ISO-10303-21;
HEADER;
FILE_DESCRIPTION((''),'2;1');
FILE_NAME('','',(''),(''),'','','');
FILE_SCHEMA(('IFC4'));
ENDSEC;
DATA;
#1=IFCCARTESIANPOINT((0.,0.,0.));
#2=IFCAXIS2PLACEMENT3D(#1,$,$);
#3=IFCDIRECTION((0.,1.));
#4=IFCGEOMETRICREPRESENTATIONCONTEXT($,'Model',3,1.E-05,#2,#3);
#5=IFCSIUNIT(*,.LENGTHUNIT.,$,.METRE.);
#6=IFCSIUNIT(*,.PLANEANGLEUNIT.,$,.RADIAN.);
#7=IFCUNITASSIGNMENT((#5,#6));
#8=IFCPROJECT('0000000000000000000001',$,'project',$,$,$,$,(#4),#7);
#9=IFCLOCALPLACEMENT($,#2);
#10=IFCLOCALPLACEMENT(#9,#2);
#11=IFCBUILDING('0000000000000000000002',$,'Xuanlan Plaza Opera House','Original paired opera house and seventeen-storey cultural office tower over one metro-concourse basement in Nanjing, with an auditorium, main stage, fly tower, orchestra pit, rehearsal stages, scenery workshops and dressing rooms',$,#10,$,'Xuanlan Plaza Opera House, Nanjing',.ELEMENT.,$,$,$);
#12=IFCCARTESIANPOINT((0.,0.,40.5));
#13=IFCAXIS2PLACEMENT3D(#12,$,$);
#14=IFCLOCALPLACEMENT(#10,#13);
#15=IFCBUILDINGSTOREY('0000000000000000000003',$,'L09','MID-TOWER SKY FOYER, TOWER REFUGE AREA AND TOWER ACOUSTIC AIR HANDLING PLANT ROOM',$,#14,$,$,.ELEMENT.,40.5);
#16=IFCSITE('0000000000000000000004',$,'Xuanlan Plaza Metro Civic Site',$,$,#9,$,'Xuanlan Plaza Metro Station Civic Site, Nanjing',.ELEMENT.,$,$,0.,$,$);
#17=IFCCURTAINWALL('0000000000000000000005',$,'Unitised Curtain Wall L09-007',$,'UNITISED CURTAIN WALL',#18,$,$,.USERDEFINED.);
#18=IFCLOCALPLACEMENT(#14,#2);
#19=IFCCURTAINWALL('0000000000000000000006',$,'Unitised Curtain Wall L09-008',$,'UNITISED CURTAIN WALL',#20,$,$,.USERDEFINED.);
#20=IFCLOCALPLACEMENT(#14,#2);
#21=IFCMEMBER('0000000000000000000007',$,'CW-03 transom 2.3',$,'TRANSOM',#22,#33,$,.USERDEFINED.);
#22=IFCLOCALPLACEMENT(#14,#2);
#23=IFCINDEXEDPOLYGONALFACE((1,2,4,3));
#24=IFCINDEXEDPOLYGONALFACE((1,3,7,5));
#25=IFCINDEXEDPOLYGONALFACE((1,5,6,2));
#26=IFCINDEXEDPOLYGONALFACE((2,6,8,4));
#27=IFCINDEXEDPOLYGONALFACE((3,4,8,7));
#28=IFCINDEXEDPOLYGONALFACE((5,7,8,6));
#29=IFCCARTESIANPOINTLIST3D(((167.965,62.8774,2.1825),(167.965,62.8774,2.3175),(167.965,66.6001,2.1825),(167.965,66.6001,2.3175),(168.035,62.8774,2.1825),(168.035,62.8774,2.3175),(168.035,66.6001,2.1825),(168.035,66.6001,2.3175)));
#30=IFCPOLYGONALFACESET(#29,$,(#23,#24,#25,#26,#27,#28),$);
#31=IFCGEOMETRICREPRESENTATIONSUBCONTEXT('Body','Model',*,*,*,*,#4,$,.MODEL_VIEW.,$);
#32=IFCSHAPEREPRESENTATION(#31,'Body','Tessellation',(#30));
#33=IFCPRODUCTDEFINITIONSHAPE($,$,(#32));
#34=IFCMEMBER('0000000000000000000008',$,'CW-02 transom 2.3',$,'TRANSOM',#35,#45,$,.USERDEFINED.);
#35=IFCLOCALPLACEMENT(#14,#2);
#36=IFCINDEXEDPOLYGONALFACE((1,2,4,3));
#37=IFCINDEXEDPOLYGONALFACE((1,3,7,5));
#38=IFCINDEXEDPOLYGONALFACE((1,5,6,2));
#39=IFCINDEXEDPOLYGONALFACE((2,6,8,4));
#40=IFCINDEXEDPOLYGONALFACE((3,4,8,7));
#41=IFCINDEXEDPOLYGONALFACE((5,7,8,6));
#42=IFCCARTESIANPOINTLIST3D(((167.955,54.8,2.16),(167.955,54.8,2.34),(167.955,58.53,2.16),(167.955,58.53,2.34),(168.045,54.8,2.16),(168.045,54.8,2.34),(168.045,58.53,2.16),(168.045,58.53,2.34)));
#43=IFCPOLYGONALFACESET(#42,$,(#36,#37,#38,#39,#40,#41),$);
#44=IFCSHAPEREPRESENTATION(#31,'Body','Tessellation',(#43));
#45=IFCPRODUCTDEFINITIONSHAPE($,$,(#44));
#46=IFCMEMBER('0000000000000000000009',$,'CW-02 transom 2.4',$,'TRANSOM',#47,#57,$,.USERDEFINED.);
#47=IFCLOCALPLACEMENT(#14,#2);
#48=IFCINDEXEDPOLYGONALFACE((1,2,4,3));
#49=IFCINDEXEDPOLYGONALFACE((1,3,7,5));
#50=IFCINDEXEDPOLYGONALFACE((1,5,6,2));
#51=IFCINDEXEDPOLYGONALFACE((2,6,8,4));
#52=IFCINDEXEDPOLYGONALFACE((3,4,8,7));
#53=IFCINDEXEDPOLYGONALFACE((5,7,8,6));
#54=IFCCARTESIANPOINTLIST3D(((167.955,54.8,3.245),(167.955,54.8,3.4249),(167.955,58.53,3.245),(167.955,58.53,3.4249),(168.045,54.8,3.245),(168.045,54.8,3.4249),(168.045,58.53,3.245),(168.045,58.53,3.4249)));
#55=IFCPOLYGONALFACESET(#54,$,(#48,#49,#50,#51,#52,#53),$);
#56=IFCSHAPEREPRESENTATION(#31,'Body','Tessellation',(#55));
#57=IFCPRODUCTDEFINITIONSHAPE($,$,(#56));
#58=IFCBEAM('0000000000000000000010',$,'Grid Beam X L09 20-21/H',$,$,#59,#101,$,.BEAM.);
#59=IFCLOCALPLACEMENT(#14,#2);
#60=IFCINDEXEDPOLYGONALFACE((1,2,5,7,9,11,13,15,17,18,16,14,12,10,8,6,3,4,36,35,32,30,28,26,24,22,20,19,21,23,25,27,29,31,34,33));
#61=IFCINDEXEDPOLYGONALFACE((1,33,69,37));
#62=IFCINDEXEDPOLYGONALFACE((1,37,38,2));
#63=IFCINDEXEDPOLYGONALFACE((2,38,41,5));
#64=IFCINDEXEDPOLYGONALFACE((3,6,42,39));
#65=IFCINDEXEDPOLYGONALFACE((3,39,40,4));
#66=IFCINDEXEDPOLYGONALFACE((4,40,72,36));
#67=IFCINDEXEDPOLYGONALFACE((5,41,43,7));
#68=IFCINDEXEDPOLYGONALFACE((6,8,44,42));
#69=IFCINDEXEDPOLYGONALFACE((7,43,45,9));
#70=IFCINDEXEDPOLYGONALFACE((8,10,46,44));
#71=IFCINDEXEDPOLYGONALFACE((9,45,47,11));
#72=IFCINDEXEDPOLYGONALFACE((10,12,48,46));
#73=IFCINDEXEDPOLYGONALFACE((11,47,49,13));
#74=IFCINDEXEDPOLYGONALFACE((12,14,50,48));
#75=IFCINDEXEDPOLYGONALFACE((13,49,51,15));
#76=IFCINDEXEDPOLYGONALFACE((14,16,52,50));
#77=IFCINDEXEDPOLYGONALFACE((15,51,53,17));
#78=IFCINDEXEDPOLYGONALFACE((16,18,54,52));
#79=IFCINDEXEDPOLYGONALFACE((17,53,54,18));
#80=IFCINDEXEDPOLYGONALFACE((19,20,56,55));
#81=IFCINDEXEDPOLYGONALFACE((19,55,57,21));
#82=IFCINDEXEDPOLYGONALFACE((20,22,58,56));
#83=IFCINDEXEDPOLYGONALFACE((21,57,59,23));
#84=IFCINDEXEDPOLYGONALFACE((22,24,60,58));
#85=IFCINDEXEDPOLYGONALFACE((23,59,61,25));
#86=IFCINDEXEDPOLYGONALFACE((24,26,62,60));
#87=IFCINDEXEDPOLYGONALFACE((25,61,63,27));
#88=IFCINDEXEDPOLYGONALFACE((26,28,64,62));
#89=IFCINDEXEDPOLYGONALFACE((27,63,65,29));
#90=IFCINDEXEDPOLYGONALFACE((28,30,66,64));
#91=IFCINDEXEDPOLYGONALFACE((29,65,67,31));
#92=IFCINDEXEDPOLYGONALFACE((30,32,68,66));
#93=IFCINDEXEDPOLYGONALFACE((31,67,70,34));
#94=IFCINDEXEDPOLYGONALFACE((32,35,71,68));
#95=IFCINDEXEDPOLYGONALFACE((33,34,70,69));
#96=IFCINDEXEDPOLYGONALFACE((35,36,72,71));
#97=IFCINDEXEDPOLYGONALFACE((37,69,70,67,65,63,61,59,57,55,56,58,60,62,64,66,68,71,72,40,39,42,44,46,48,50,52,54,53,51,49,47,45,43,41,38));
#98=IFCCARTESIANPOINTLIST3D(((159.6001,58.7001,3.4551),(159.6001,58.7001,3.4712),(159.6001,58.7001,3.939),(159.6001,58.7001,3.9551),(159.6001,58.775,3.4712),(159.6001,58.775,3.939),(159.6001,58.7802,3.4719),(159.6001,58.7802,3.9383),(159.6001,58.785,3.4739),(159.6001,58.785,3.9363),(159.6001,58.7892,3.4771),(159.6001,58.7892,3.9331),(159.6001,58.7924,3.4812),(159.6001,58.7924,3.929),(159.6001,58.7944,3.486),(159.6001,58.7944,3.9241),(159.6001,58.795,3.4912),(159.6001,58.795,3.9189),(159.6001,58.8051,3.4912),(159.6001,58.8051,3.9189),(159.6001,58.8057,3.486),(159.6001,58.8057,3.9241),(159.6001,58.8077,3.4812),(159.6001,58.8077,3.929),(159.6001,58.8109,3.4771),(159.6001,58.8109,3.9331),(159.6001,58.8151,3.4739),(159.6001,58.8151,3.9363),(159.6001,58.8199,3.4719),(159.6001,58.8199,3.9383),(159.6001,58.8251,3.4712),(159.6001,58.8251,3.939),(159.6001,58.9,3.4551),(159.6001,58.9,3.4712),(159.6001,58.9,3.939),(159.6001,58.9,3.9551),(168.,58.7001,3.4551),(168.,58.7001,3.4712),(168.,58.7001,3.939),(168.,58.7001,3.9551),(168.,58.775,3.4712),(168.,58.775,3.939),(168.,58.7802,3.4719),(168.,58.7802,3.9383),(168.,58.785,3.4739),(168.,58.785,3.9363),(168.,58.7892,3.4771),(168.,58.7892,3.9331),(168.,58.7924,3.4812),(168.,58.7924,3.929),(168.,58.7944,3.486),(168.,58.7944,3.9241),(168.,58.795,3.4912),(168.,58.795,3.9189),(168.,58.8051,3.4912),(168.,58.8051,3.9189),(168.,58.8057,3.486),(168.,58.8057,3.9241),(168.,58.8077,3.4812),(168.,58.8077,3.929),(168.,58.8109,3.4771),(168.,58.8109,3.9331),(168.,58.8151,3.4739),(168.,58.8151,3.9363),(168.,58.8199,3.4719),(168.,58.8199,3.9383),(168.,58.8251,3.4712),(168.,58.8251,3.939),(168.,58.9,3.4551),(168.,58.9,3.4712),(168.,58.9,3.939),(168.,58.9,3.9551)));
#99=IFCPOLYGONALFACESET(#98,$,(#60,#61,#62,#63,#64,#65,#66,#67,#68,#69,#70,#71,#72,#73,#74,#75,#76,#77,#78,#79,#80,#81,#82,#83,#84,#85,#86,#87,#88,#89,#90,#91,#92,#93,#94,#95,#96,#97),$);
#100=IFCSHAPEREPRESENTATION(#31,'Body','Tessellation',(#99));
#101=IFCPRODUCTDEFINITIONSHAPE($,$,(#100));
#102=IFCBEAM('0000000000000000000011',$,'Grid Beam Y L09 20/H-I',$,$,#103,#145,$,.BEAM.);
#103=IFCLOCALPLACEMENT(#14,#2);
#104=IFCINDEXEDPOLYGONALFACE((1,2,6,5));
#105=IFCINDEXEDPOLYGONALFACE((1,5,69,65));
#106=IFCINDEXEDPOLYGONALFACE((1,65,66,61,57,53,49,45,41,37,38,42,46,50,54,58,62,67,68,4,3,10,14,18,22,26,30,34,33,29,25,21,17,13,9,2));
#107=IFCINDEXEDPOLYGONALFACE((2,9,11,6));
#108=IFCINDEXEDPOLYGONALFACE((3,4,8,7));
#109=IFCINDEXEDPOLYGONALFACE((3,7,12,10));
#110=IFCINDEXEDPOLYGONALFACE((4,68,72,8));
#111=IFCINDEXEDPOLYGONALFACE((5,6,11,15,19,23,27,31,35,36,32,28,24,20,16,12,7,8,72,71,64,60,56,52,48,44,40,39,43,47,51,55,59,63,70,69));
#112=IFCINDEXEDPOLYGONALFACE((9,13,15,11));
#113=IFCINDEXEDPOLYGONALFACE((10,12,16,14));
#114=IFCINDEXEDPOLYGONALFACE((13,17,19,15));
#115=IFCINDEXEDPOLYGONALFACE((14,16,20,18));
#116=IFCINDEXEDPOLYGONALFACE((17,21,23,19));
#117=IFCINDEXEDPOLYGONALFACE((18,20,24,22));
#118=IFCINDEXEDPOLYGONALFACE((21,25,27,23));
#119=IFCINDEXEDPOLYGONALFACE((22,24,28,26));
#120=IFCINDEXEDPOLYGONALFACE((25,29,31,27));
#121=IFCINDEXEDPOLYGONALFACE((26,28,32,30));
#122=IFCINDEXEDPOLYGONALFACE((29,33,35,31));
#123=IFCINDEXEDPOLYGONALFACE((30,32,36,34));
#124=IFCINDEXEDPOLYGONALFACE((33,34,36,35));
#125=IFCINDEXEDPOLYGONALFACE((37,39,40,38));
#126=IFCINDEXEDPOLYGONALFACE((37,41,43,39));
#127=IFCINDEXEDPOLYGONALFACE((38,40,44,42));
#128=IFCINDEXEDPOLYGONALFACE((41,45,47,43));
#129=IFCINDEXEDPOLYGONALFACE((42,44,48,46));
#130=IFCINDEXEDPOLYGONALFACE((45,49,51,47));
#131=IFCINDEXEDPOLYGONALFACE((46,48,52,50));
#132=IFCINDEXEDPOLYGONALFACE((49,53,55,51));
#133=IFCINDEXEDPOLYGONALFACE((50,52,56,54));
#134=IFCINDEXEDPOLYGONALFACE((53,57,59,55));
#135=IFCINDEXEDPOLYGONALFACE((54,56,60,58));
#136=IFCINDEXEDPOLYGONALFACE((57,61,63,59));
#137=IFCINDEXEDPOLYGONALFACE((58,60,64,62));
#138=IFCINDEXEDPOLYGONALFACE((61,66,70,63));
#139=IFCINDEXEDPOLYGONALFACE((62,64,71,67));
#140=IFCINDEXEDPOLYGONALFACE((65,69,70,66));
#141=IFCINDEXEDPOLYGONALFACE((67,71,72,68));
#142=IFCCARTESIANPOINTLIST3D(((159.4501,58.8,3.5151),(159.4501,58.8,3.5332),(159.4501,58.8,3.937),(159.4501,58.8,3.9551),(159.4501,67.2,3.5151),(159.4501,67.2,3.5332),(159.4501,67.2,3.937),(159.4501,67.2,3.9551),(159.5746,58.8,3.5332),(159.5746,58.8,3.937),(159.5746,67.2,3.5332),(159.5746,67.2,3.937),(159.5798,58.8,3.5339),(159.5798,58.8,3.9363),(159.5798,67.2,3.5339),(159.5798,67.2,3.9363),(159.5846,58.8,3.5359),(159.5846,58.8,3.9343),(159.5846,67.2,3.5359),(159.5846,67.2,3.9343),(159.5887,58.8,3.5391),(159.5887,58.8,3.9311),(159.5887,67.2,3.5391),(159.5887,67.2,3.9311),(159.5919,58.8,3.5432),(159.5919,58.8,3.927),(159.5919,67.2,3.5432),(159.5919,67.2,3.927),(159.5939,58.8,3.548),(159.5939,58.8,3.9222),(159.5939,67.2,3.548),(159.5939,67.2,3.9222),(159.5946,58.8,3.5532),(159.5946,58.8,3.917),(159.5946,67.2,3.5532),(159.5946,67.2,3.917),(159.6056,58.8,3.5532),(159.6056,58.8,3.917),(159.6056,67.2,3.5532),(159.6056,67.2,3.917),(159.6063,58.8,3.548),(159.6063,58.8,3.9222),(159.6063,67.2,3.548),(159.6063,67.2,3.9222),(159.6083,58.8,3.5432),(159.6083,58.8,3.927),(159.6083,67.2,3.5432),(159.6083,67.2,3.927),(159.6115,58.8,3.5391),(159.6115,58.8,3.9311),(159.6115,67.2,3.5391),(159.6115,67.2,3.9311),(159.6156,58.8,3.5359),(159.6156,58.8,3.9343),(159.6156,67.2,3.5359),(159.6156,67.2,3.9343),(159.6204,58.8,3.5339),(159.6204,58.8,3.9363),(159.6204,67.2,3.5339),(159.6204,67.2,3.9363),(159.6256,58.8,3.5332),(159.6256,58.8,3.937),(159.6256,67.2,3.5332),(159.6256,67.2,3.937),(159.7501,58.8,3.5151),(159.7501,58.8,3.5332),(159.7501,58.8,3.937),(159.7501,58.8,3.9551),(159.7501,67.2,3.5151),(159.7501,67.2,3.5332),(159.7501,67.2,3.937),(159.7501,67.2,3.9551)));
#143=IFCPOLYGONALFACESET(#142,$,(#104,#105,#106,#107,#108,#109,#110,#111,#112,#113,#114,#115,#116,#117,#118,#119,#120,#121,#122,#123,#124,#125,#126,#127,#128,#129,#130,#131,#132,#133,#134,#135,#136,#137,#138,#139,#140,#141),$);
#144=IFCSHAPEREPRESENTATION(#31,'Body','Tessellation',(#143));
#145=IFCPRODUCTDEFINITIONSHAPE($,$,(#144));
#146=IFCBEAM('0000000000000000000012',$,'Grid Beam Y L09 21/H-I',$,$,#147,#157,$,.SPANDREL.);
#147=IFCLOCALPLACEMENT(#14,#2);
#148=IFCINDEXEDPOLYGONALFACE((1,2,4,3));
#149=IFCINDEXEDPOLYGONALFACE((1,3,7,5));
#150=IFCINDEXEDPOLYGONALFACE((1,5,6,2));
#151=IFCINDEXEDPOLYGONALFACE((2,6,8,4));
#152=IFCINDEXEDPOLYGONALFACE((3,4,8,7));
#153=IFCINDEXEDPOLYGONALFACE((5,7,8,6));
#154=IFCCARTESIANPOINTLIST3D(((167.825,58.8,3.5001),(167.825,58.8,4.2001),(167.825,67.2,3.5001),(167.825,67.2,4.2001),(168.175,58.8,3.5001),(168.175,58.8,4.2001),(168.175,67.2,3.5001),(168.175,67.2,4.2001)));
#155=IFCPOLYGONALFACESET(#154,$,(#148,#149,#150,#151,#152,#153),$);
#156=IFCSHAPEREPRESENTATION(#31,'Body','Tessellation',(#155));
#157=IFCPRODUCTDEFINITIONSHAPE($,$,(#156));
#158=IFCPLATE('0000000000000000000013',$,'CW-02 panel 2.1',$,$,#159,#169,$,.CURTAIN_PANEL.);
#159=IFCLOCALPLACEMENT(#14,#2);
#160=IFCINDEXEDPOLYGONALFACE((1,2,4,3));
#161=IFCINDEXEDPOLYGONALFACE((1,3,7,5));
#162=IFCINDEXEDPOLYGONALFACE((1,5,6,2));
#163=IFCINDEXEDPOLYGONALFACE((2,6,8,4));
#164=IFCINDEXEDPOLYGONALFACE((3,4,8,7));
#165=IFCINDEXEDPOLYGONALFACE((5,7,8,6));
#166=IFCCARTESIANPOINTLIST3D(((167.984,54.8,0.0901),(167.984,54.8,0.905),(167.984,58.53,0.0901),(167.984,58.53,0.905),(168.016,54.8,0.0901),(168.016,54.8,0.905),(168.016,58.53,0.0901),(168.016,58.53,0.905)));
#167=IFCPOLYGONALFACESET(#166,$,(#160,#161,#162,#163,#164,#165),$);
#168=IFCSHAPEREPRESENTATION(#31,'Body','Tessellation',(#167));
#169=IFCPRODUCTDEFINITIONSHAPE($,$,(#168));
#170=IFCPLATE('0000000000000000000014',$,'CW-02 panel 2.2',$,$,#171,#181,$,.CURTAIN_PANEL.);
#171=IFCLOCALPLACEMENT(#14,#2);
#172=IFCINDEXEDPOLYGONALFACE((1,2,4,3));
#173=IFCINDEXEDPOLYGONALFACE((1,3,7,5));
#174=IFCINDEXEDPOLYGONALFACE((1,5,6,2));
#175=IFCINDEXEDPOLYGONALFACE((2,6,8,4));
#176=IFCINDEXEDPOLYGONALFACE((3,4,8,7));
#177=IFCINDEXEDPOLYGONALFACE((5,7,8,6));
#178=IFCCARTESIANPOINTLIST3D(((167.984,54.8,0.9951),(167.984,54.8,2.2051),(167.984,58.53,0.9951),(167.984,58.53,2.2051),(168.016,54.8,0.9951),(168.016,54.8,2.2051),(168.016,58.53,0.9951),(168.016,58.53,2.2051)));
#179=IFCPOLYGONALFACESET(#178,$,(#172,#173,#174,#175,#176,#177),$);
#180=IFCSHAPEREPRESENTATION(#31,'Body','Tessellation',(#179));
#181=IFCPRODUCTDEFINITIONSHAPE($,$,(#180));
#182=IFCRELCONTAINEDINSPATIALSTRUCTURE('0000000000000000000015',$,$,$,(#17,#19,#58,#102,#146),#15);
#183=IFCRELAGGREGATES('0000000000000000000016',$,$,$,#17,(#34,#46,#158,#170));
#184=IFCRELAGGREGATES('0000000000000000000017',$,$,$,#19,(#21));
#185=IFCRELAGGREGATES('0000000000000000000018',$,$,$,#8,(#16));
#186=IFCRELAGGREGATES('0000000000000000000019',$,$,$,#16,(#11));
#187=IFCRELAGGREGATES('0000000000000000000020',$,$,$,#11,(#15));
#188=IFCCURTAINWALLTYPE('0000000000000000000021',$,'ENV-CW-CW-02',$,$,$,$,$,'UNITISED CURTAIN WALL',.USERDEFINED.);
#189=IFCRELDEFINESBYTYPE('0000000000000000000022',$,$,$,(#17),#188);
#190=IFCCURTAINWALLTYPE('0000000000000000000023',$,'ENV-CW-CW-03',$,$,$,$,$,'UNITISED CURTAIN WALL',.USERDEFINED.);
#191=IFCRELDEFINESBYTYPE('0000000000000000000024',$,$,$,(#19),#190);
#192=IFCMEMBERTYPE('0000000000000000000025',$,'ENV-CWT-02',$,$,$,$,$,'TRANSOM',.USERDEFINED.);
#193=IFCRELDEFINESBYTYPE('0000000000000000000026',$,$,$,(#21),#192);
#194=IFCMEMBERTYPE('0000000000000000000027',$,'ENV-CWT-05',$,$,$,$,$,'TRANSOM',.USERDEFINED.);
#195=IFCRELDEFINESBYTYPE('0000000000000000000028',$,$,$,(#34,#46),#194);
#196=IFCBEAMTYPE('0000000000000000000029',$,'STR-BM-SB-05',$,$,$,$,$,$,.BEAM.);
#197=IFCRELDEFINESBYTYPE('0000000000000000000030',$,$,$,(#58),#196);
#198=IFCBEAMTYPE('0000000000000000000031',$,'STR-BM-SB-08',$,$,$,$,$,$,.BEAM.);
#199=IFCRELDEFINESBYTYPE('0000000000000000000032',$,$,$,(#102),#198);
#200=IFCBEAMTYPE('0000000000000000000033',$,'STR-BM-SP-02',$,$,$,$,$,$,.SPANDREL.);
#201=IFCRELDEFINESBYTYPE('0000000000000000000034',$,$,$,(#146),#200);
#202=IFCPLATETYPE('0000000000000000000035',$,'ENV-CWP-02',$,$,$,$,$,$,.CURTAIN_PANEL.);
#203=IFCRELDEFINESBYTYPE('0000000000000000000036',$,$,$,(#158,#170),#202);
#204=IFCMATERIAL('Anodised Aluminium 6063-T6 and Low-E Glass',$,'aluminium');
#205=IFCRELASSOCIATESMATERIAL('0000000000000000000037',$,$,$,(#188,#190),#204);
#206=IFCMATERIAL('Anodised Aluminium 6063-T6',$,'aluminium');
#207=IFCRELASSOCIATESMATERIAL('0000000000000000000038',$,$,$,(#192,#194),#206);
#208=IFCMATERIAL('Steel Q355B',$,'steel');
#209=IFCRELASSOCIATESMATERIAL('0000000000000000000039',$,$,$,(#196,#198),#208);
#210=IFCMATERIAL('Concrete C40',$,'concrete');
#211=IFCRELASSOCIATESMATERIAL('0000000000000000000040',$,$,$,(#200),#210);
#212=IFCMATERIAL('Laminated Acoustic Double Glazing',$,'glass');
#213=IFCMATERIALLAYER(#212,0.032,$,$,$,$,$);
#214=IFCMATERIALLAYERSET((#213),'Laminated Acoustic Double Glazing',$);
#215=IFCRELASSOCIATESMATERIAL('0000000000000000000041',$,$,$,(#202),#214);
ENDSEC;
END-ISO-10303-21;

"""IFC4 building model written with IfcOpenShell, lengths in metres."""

from ifc_helpers import new_model, si_unit, direction, frame, origin, origin_2d, place, context, subcontext, project, spatial, rectangle, i_section, extrude, material, layer, layer_set, material_profile, profile_set, type_object, element, aggregate, save


model = new_model("IFC4")

# Units and contexts
model_context = context("Model", 3, precision=1e-05, world=origin(), true_north=direction((0.0, 1.0)))
body_context = subcontext(model_context, "Body", "Model", "MODEL_VIEW")
ifc_project = project(units=[si_unit("LENGTHUNIT", "METRE"), si_unit("PLANEANGLEUNIT", "RADIAN")], contexts=[model_context])

# Site, building, storey
site_placement = place(None, origin())
site = spatial("IfcSite", under=ifc_project, at=site_placement, Name="Xuanlan Plaza Metro Civic Site", LongName="Xuanlan Plaza Metro Station Civic Site, Nanjing", CompositionType="ELEMENT", RefElevation=0.0)
building_placement = place(site_placement, origin())
building = spatial("IfcBuilding", under=site, at=building_placement, Name="Xuanlan Plaza Opera House", Description="Original paired opera house and seventeen-storey cultural office tower over one metro-concourse basement in Nanjing, with an auditorium, main stage, fly tower, orchestra pit, rehearsal stages, scenery workshops and dressing rooms", LongName="Xuanlan Plaza Opera House, Nanjing", CompositionType="ELEMENT")
storey_placement = place(building_placement, frame((0.0, 0.0, 40.5)))
storey = spatial("IfcBuildingStorey", under=building, at=storey_placement, Name="L09", Description="MID-TOWER SKY FOYER, TOWER REFUGE AREA AND TOWER ACOUSTIC AIR HANDLING PLANT ROOM", CompositionType="ELEMENT", Elevation=40.5)

# Shared definitions
ifc_material_1 = material(Name="Steel Q355B", Category="steel")

# Curtain wall
ifc_material_2 = material(Name="Anodised Aluminium 6063-T6 and Low-E Glass", Category="aluminium")
curtain_wall_type_1 = type_object("IfcCurtainWallType", Name="ENV-CW-CW-02", ElementType="UNITISED CURTAIN WALL", PredefinedType="USERDEFINED", material=ifc_material_2)
curtain_wall_1_placement = place(storey_placement, origin())
curtain_wall_1 = element("IfcCurtainWall", 1, at=curtain_wall_1_placement, inside=storey, type_object=curtain_wall_type_1, Name="Unitised Curtain Wall L09-007", ObjectType="UNITISED CURTAIN WALL", PredefinedType="USERDEFINED")
ifc_material_3 = material(Name="Anodised Aluminium 6063-T6", Category="aluminium")

# Curtain wall, member
curtain_wall_type_2 = type_object("IfcCurtainWallType", Name="ENV-CW-CW-03", ElementType="UNITISED CURTAIN WALL", PredefinedType="USERDEFINED", material=ifc_material_2)
curtain_wall_2_placement = place(storey_placement, origin())
curtain_wall_2 = element("IfcCurtainWall", 2, at=curtain_wall_2_placement, inside=storey, type_object=curtain_wall_type_2, Name="Unitised Curtain Wall L09-008", ObjectType="UNITISED CURTAIN WALL", PredefinedType="USERDEFINED")
ifc_material_profile_1 = material_profile(ifc_material_3, rectangle(XDim=0.0701, YDim=0.135, at=origin_2d()), Name="ALU-T 70x135")
ifc_profile_set_1 = profile_set([ifc_material_profile_1], Name="Anodised Aluminium 6063-T6")
member_type_1 = type_object("IfcMemberType", Name="ENV-CWT-02", ElementType="TRANSOM", PredefinedType="USERDEFINED", material=ifc_profile_set_1)
member_1_placement = place(storey_placement, frame((168.0, 62.8774, 2.25), z_axis=(0.0, 1.0, 0.0), x_axis=(-1.0, 0.0, 0.0)))
member_1 = element("IfcMember", 3, at=member_1_placement, type_object=member_type_1, Name="CW-03 transom 2.3", ObjectType="TRANSOM", PredefinedType="USERDEFINED", context=body_context, shape_type="SweptSolid", body=[
    extrude(rectangle(XDim=0.0701, YDim=0.135, at=origin_2d()), origin(), (0.0, 0.0, 1.0), 3.7227),
])

# Members
ifc_material_profile_2 = material_profile(ifc_material_3, rectangle(XDim=0.0901, YDim=0.1799, at=origin_2d()), Name="ALU-T 90x180")
ifc_profile_set_2 = profile_set([ifc_material_profile_2], Name="Anodised Aluminium 6063-T6")
member_type_2 = type_object("IfcMemberType", Name="ENV-CWT-05", ElementType="TRANSOM", PredefinedType="USERDEFINED", material=ifc_profile_set_2)
member_2_placement = place(storey_placement, frame((168.0, 54.8, 2.25), z_axis=(0.0, 1.0, 0.0), x_axis=(-1.0, 0.0, 0.0)))
member_2 = element("IfcMember", 4, at=member_2_placement, type_object=member_type_2, Name="CW-02 transom 2.3", ObjectType="TRANSOM", PredefinedType="USERDEFINED", context=body_context, shape_type="SweptSolid", body=[
    extrude(rectangle(XDim=0.0901, YDim=0.1799, at=origin_2d()), origin(), (0.0, 0.0, 1.0), 3.73),
])
member_3_placement = place(storey_placement, frame((168.0, 54.8, 3.335), z_axis=(0.0, 1.0, 0.0), x_axis=(-1.0, 0.0, 0.0)))
member_3 = element("IfcMember", 5, at=member_3_placement, type_object=member_type_2, Name="CW-02 transom 2.4", ObjectType="TRANSOM", PredefinedType="USERDEFINED", context=body_context, shape_type="SweptSolid", body=[
    extrude(rectangle(XDim=0.0901, YDim=0.1799, at=origin_2d()), origin(), (0.0, 0.0, 1.0), 3.73),
])

# Beams
ifc_material_profile_3 = material_profile(ifc_material_1, i_section(OverallWidth=0.2, OverallDepth=0.5, WebThickness=0.01, FlangeThickness=0.0161, FilletRadius=0.02, at=origin_2d()), Name="HN 500x200x10x16")
ifc_profile_set_3 = profile_set([ifc_material_profile_3], Name="Steel Q355B")
beam_type_1 = type_object("IfcBeamType", Name="STR-BM-SB-05", PredefinedType="BEAM", material=ifc_profile_set_3)
beam_1_placement = place(storey_placement, frame((159.6001, 58.8, 3.7051), z_axis=(1.0, 0.0, 0.0), x_axis=(0.0, 1.0, 0.0)))
element("IfcBeam", 6, at=beam_1_placement, inside=storey, type_object=beam_type_1, Name="Grid Beam X L09 20-21/H", PredefinedType="BEAM", context=body_context, shape_type="SweptSolid", body=[
    extrude(i_section(OverallWidth=0.2, OverallDepth=0.5, WebThickness=0.01, FlangeThickness=0.0161, FilletRadius=0.02, at=origin_2d()), origin(), (0.0, 0.0, 1.0), 8.3999),
])
ifc_material_profile_4 = material_profile(ifc_material_1, i_section(OverallWidth=0.3, OverallDepth=0.4399, WebThickness=0.011, FlangeThickness=0.0181, FilletRadius=0.02, at=origin_2d()), Name="HM 440x300x11x18")
ifc_profile_set_4 = profile_set([ifc_material_profile_4], Name="Steel Q355B")
beam_type_2 = type_object("IfcBeamType", Name="STR-BM-SB-08", PredefinedType="BEAM", material=ifc_profile_set_4)
beam_2_placement = place(storey_placement, frame((159.6001, 58.8, 3.7351), z_axis=(0.0, 1.0, 0.0), x_axis=(-1.0, 0.0, 0.0)))
element("IfcBeam", 7, at=beam_2_placement, inside=storey, type_object=beam_type_2, Name="Grid Beam Y L09 20/H-I", PredefinedType="BEAM", context=body_context, shape_type="SweptSolid", body=[
    extrude(i_section(OverallWidth=0.3, OverallDepth=0.4399, WebThickness=0.011, FlangeThickness=0.0181, FilletRadius=0.02, at=origin_2d()), origin(), (0.0, 0.0, 1.0), 8.3999),
])
ifc_material_4 = material(Name="Concrete C40", Category="concrete")
ifc_material_profile_5 = material_profile(ifc_material_4, rectangle(XDim=0.3501, YDim=0.7, at=origin_2d()), Name="RC-SPD 350x700")
ifc_profile_set_5 = profile_set([ifc_material_profile_5], Name="Concrete C40")
beam_type_3 = type_object("IfcBeamType", Name="STR-BM-SP-02", PredefinedType="SPANDREL", material=ifc_profile_set_5)
beam_3_placement = place(storey_placement, frame((168.0, 58.8, 3.8501), z_axis=(0.0, 1.0, 0.0), x_axis=(-1.0, 0.0, 0.0)))
element("IfcBeam", 8, at=beam_3_placement, inside=storey, type_object=beam_type_3, Name="Grid Beam Y L09 21/H-I", PredefinedType="SPANDREL", context=body_context, shape_type="SweptSolid", body=[
    extrude(rectangle(XDim=0.3501, YDim=0.7, at=origin_2d()), origin(), (0.0, 0.0, 1.0), 8.3999),
])

# Plates
ifc_material_5 = material(Name="Laminated Acoustic Double Glazing", Category="glass")
ifc_layer_1 = layer(ifc_material_5, 0.032)
ifc_layer_set_1 = layer_set([ifc_layer_1], Name="Laminated Acoustic Double Glazing")
plate_type_1 = type_object("IfcPlateType", Name="ENV-CWP-02", PredefinedType="CURTAIN_PANEL", material=ifc_layer_set_1)
plate_1_placement = place(storey_placement, frame((168.0, 56.665, 0.0901), z_axis=(0.0, 0.0, 1.0), x_axis=(0.0, 1.0, 0.0)))
plate_1 = element("IfcPlate", 9, at=plate_1_placement, type_object=plate_type_1, Name="CW-02 panel 2.1", PredefinedType="CURTAIN_PANEL", context=body_context, shape_type="SweptSolid", body=[
    extrude(rectangle(XDim=3.73, YDim=0.032, at=origin_2d()), origin(), (0.0, 0.0, 1.0), 0.8149),
])
plate_2_placement = place(storey_placement, frame((168.0, 56.665, 0.9951), z_axis=(0.0, 0.0, 1.0), x_axis=(0.0, 1.0, 0.0)))
plate_2 = element("IfcPlate", 10, at=plate_2_placement, type_object=plate_type_1, Name="CW-02 panel 2.2", PredefinedType="CURTAIN_PANEL", context=body_context, shape_type="SweptSolid", body=[
    extrude(rectangle(XDim=3.73, YDim=0.032, at=origin_2d()), origin(), (0.0, 0.0, 1.0), 1.21),
])
aggregate(curtain_wall_1, [member_2, member_3, plate_1, plate_2])
aggregate(curtain_wall_2, [member_1])

save(model, "model.ifc")
